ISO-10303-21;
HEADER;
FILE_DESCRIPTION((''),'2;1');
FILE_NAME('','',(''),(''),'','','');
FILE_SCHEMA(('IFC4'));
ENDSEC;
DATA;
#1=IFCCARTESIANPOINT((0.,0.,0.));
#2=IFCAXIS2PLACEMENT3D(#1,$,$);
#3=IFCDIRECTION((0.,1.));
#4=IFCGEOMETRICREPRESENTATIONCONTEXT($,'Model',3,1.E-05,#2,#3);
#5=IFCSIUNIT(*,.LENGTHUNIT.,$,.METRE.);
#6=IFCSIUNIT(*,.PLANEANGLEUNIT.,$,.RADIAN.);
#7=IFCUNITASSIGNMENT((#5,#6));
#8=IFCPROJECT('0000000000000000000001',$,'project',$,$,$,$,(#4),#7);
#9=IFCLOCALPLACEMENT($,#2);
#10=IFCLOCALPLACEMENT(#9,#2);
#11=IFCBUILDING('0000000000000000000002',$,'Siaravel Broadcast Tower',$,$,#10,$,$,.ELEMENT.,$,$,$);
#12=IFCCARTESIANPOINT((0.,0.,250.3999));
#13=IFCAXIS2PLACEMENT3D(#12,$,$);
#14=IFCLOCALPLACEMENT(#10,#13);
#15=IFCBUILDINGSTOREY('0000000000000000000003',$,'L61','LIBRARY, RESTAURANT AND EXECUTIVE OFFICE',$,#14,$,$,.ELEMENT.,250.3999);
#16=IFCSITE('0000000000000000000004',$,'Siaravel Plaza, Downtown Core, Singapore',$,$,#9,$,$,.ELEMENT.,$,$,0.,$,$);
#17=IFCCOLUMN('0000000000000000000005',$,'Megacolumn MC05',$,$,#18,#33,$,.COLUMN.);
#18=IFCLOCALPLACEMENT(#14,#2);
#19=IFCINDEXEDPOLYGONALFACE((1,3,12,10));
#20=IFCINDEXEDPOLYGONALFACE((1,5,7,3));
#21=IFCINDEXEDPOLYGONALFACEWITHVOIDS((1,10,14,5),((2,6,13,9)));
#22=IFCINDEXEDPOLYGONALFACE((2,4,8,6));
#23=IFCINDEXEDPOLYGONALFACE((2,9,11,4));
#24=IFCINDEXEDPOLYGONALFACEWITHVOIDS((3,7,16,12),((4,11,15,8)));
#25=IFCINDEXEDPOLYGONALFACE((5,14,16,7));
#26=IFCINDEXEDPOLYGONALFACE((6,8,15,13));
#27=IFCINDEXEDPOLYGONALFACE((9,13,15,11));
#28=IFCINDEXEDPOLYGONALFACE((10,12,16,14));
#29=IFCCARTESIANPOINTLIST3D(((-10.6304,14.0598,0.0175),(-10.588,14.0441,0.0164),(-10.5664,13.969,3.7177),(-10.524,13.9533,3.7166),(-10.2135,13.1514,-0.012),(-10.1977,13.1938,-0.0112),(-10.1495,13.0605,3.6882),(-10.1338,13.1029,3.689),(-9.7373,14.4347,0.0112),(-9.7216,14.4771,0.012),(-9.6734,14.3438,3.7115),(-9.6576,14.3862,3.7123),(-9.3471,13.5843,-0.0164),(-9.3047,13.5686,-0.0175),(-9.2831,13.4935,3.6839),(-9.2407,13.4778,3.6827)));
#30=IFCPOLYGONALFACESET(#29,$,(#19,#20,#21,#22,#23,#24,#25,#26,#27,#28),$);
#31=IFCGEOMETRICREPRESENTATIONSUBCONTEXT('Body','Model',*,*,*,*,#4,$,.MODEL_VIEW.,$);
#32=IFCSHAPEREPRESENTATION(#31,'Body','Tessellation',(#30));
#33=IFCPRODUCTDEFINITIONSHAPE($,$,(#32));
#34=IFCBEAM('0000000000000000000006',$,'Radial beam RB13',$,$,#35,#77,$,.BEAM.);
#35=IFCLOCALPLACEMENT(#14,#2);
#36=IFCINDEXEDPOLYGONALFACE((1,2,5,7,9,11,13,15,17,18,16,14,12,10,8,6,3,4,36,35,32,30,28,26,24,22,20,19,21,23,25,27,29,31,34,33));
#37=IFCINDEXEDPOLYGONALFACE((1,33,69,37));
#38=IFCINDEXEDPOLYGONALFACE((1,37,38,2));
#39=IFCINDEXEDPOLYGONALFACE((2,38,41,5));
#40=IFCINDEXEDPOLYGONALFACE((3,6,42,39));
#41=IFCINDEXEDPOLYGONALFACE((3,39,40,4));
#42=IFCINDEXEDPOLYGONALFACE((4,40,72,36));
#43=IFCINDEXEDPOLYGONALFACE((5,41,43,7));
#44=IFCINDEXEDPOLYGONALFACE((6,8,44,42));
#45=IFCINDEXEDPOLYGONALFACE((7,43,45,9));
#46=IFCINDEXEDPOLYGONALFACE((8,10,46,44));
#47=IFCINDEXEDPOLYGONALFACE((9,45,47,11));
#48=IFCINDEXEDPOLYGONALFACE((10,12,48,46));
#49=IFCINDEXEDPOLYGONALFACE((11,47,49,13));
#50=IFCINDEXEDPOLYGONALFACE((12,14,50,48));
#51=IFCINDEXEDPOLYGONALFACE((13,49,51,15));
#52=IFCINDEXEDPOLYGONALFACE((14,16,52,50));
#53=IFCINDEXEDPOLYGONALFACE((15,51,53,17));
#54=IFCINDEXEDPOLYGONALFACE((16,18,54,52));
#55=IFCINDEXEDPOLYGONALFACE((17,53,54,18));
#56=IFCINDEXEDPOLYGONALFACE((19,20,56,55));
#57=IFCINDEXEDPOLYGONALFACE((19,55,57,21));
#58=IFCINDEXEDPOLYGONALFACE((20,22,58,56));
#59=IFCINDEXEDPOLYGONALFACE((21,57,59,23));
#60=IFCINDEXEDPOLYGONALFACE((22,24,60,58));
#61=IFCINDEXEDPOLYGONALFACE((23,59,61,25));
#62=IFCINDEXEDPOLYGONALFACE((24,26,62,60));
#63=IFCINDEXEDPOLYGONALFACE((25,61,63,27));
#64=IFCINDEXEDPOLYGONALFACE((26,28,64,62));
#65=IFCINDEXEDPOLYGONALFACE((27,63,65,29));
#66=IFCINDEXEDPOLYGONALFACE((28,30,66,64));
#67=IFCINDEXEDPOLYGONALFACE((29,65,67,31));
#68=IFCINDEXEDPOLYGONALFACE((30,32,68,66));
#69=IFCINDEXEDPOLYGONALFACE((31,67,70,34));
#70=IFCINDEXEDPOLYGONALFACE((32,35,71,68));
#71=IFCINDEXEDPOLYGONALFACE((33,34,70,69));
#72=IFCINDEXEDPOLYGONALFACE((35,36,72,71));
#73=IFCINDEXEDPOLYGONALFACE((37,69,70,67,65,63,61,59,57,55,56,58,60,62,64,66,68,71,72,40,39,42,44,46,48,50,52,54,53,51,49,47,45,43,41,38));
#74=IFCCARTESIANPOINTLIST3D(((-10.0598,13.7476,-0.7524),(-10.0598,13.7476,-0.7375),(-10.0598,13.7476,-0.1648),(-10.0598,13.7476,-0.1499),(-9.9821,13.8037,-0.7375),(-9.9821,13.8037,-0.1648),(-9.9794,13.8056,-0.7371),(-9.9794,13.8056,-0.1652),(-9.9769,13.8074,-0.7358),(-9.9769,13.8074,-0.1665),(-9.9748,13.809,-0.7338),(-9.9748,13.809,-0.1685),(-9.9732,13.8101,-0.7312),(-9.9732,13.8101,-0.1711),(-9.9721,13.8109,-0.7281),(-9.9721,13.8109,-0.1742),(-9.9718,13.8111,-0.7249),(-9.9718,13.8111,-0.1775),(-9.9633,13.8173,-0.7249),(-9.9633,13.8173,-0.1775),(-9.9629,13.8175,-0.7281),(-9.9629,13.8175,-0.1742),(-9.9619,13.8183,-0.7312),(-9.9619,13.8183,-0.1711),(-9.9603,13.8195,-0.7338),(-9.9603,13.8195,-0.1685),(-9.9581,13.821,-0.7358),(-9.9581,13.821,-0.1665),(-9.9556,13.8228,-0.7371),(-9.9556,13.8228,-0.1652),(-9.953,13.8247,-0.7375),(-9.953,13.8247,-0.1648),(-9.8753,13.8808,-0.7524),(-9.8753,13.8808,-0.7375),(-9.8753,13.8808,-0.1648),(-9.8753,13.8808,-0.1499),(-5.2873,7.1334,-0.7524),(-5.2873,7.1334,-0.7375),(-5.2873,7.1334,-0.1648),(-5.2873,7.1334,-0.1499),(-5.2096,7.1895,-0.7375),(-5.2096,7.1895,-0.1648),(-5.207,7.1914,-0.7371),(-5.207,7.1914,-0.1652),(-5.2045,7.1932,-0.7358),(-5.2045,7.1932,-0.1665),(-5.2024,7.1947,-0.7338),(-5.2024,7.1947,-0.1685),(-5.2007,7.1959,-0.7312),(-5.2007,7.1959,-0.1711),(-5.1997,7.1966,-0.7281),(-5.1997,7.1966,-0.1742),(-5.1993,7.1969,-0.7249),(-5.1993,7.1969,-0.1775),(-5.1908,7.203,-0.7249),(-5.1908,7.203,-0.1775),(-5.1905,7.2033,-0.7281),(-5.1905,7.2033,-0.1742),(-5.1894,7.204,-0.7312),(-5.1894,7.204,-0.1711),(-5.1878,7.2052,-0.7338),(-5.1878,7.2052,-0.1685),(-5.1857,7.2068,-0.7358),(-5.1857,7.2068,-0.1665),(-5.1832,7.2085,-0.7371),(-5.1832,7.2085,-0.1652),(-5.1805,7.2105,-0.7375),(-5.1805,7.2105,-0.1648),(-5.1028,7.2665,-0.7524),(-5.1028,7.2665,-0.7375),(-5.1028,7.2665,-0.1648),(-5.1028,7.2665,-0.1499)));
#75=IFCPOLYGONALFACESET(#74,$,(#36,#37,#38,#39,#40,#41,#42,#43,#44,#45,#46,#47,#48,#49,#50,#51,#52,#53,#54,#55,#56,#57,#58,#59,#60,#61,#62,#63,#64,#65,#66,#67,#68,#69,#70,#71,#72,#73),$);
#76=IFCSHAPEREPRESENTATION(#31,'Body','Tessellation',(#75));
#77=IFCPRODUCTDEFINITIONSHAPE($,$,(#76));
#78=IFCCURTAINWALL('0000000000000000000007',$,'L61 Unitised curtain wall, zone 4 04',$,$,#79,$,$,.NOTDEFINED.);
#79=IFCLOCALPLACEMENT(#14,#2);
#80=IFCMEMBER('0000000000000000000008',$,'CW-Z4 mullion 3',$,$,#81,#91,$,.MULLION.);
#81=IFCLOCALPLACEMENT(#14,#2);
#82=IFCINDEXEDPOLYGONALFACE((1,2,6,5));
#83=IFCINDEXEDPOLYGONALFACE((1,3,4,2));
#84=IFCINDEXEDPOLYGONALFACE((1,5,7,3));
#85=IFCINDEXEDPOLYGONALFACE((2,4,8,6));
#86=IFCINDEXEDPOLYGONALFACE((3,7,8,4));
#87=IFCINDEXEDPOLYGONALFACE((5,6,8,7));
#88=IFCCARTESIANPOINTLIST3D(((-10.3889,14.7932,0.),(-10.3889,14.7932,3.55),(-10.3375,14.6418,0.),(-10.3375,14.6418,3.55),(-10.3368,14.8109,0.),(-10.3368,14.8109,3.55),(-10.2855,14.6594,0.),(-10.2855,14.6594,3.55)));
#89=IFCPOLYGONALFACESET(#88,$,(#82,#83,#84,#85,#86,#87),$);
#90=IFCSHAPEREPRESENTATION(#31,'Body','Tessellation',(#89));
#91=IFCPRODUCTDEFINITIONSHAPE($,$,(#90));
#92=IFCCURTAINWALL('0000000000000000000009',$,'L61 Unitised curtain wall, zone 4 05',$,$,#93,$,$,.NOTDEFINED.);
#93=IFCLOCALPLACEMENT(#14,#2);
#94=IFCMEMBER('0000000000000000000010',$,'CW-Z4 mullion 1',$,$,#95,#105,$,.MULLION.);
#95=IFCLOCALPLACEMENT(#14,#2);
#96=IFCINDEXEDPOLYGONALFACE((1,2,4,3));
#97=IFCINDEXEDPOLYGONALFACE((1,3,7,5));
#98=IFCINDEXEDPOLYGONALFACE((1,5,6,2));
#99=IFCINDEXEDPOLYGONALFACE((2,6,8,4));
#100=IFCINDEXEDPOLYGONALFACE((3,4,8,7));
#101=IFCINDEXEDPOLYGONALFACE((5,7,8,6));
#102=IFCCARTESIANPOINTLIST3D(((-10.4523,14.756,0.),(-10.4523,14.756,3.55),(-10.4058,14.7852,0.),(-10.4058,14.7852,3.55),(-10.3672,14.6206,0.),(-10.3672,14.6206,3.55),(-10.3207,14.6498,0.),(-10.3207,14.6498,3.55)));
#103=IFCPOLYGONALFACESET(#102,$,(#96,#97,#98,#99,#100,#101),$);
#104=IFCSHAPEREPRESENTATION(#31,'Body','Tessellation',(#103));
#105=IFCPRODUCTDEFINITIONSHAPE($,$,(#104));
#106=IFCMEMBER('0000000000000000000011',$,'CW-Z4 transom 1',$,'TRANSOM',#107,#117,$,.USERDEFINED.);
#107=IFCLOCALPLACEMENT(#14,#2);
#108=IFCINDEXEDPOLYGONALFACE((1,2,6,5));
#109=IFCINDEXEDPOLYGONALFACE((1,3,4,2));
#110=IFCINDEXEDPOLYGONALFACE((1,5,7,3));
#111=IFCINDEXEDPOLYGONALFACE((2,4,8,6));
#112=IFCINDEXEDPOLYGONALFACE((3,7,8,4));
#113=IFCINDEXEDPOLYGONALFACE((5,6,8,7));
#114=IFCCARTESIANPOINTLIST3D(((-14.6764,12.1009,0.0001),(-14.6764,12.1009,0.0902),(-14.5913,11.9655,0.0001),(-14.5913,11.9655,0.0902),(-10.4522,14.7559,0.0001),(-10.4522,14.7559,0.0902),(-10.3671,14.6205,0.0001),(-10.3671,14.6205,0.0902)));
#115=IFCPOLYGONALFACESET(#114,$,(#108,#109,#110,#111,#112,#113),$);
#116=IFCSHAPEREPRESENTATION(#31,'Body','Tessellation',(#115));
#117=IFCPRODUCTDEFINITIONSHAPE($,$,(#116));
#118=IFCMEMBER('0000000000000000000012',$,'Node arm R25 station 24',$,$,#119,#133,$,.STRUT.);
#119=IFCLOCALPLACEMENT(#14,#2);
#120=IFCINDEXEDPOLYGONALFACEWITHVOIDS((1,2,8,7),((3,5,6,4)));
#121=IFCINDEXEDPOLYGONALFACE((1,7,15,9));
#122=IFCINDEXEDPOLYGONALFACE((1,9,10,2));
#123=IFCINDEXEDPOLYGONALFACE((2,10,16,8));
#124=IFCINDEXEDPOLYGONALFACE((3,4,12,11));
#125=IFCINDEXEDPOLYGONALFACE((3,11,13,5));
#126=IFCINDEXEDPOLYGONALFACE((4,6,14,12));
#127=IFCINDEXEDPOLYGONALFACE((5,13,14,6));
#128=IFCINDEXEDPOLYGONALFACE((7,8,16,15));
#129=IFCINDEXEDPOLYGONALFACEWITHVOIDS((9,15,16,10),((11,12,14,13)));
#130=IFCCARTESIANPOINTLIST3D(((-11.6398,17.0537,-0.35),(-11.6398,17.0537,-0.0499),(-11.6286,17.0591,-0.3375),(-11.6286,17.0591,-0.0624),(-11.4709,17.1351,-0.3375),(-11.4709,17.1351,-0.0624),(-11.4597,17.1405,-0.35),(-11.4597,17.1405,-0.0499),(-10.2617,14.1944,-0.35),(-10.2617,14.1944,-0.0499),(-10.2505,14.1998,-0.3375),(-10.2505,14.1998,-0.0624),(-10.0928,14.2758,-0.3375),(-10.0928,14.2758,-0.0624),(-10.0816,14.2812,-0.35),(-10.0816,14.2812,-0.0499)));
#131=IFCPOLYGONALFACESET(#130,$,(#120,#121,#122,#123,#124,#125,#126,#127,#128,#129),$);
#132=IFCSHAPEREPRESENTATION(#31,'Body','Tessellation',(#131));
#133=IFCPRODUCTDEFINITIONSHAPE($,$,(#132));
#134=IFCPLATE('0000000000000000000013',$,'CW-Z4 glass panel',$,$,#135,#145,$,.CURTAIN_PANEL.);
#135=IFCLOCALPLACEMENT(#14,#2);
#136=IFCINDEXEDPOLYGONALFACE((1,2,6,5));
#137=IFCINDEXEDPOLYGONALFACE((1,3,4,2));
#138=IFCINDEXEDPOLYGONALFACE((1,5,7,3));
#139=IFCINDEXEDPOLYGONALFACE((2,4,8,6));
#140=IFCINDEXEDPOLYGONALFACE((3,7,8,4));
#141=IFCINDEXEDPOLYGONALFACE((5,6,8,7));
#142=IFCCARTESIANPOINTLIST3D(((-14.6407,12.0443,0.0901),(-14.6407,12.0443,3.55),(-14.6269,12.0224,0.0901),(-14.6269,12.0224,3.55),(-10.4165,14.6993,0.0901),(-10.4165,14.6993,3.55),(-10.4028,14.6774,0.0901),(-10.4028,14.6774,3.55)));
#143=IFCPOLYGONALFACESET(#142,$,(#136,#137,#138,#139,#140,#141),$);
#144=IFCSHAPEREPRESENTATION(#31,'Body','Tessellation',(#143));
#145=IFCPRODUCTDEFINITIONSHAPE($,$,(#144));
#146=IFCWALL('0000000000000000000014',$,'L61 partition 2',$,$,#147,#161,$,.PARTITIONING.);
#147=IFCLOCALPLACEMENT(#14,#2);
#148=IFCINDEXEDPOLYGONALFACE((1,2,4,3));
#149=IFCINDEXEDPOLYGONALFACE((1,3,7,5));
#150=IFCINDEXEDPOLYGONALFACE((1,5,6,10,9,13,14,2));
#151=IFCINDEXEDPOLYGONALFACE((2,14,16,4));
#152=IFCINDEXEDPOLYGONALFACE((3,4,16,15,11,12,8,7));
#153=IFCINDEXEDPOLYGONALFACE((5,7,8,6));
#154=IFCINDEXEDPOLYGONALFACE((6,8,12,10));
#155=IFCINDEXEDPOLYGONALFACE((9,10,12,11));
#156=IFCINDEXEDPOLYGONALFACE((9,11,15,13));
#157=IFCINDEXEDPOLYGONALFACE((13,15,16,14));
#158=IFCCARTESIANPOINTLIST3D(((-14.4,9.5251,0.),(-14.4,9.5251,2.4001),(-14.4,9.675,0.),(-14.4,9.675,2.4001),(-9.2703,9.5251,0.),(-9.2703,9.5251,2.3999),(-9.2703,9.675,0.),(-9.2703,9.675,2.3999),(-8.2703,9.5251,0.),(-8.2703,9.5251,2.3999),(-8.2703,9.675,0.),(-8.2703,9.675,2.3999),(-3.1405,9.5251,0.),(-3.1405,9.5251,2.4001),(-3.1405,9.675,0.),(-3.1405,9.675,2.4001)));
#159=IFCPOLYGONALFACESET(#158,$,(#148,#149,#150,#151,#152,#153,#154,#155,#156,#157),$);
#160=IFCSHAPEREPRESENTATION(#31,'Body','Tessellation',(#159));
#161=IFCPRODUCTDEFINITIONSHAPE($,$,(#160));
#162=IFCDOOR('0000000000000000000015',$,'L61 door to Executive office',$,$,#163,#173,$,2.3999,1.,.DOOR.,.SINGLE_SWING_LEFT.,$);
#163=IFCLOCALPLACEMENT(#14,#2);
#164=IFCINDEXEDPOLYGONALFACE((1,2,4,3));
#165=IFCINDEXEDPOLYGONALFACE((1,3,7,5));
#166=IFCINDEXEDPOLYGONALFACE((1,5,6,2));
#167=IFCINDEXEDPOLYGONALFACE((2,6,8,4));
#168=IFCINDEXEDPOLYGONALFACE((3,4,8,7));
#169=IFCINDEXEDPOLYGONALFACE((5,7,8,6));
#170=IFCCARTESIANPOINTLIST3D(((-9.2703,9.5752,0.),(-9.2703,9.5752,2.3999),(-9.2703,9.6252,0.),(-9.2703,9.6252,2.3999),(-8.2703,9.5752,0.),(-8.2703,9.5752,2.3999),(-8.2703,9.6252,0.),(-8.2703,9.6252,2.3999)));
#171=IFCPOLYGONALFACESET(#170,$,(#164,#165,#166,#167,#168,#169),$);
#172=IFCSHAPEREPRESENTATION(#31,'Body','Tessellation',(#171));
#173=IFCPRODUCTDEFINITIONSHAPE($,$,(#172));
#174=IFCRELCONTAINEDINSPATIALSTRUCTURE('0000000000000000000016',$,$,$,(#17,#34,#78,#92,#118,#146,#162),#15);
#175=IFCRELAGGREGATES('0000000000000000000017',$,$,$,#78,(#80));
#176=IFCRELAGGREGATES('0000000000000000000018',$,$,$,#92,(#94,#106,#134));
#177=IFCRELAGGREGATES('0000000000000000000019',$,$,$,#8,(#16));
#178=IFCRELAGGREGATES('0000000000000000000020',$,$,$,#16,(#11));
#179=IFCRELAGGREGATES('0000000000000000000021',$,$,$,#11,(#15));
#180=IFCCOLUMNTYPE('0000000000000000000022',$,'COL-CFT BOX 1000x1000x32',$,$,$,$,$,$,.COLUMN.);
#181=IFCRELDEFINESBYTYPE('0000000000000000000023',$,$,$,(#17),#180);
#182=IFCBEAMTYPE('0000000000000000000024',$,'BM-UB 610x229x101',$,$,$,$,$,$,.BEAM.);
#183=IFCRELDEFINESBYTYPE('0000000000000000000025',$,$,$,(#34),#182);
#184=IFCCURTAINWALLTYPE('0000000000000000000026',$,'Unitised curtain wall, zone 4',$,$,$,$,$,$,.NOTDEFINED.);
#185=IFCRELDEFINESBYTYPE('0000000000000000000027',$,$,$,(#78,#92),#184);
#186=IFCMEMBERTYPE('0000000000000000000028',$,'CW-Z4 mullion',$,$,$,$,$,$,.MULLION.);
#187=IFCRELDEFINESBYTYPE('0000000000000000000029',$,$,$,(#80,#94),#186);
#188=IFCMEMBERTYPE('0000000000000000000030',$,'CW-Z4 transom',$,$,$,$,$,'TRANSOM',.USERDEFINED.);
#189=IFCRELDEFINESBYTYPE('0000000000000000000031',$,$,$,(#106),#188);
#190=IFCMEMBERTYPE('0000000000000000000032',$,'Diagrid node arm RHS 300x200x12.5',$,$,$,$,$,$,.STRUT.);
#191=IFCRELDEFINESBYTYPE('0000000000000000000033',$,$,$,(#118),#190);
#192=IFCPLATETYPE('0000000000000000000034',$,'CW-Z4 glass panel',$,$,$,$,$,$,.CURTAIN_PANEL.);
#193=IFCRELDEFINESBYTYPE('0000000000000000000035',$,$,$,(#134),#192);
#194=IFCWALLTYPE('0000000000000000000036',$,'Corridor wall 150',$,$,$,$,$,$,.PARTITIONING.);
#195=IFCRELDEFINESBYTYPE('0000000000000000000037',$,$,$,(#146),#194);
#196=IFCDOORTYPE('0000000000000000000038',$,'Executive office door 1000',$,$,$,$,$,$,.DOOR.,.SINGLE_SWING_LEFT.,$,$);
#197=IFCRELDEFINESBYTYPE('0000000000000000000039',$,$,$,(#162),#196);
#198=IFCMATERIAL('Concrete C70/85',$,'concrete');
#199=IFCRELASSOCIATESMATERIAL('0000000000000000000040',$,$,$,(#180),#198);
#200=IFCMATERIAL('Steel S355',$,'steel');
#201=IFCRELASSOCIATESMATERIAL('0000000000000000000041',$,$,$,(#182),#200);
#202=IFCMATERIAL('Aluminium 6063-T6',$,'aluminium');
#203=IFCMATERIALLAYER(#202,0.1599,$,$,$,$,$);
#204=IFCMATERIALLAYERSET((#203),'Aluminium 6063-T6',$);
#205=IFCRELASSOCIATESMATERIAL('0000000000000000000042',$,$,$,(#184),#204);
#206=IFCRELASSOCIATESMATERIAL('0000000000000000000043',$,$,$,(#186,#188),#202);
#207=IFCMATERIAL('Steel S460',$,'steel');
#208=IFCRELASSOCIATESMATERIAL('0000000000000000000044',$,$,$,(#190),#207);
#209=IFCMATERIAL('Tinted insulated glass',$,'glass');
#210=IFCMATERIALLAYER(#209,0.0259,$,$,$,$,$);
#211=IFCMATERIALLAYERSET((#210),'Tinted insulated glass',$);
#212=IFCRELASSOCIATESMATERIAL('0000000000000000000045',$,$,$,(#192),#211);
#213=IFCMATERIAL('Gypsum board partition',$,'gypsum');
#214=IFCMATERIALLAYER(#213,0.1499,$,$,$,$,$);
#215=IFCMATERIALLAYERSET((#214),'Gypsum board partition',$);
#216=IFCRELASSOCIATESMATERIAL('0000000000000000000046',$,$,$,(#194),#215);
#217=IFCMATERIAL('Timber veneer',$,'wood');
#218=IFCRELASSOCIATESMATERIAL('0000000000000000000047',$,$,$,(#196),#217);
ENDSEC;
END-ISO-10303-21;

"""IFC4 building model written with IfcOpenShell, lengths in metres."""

from ifc_helpers import new_model, si_unit, direction, frame, frame_2d, origin, origin_2d, place, context, subcontext, project, spatial, rectangle, hollow_rectangle, i_section, extrude, material, layer, layer_set, material_profile, profile_set, type_object, element, fill, aggregate, save


model = new_model("IFC4")

# Units and contexts
model_context = context("Model", 3, precision=1e-05, world=origin(), true_north=direction((0.0, 1.0)))
body_context = subcontext(model_context, "Body", "Model", "MODEL_VIEW")
ifc_project = project(units=[si_unit("LENGTHUNIT", "METRE"), si_unit("PLANEANGLEUNIT", "RADIAN")], contexts=[model_context])

# Site, building, storey
site_placement = place(None, origin())
site = spatial("IfcSite", under=ifc_project, at=site_placement, Name="Siaravel Plaza, Downtown Core, Singapore", CompositionType="ELEMENT", RefElevation=0.0)
building_placement = place(site_placement, origin())
building = spatial("IfcBuilding", under=site, at=building_placement, Name="Siaravel Broadcast Tower", CompositionType="ELEMENT")
storey_placement = place(building_placement, frame((0.0, 0.0, 250.3999)))
storey = spatial("IfcBuildingStorey", under=building, at=storey_placement, Name="L61", Description="LIBRARY, RESTAURANT AND EXECUTIVE OFFICE", CompositionType="ELEMENT", Elevation=250.3999)

# Column
ifc_material_1 = material(Name="Concrete C70/85", Category="concrete")
ifc_material_profile_1 = material_profile(ifc_material_1, hollow_rectangle(XDim=1.0, YDim=1.0, WallThickness=0.032, at=origin_2d()))
ifc_profile_set_1 = profile_set([ifc_material_profile_1], Name="Concrete C70/85")
column_type = type_object("IfcColumnType", Name="COL-CFT BOX 1000x1000x32", PredefinedType="COLUMN", material=ifc_profile_set_1)
column_placement = place(storey_placement, frame((-9.9675, 13.8142, 0.0), z_axis=(0.017279, -0.024534, 0.99955), x_axis=(0.908788, 0.417222, -0.00547)))
element("IfcColumn", 1, at=column_placement, inside=storey, type_object=column_type, Name="Megacolumn MC05", PredefinedType="COLUMN", context=body_context, shape_type="SweptSolid", body=[
    extrude(hollow_rectangle(XDim=1.0, YDim=1.0, WallThickness=0.032, at=origin_2d()), origin(), (0.0, 0.0, 1.0), 3.7019),
])

# Beam
ifc_material_2 = material(Name="Steel S355", Category="steel")
ifc_material_profile_2 = material_profile(ifc_material_2, i_section(OverallWidth=0.2275, OverallDepth=0.6025, WebThickness=0.0105, FlangeThickness=0.0149, FilletRadius=0.0127, at=origin_2d()))
ifc_profile_set_2 = profile_set([ifc_material_profile_2], Name="Steel S355")
beam_type = type_object("IfcBeamType", Name="BM-UB 610x229x101", PredefinedType="BEAM", material=ifc_profile_set_2)
beam_placement = place(storey_placement, frame((-9.9675, 13.8142, -0.4512), z_axis=(0.585128, -0.810941, 0.0), x_axis=(0.810941, 0.585128, 0.0)))
element("IfcBeam", 2, at=beam_placement, inside=storey, type_object=beam_type, Name="Radial beam RB13", PredefinedType="BEAM", context=body_context, shape_type="SweptSolid", body=[
    extrude(i_section(OverallWidth=0.2275, OverallDepth=0.6025, WebThickness=0.0105, FlangeThickness=0.0149, FilletRadius=0.0127, at=origin_2d()), origin(), (0.0, 0.0, 1.0), 8.1562),
])

# Curtain wall, member
ifc_material_3 = material(Name="Aluminium 6063-T6", Category="aluminium")
ifc_layer_1 = layer(ifc_material_3, 0.1599)
ifc_layer_set_1 = layer_set([ifc_layer_1], Name="Aluminium 6063-T6")
curtain_wall_type = type_object("IfcCurtainWallType", Name="Unitised curtain wall, zone 4", PredefinedType="NOTDEFINED", material=ifc_layer_set_1)
curtain_wall_1_placement = place(storey_placement, origin())
curtain_wall_1 = element("IfcCurtainWall", 3, at=curtain_wall_1_placement, inside=storey, type_object=curtain_wall_type, Name="L61 Unitised curtain wall, zone 4 04", PredefinedType="NOTDEFINED")
ifc_material_profile_3 = material_profile(ifc_material_3, rectangle(XDim=0.1599, YDim=0.0549, at=origin_2d()))
ifc_profile_set_3 = profile_set([ifc_material_profile_3], Name="Aluminium 6063-T6")
member_type_1 = type_object("IfcMemberType", Name="CW-Z4 mullion", PredefinedType="MULLION", material=ifc_profile_set_3)
member_1_placement = place(storey_placement, frame((-10.3372, 14.7263, 0.0), z_axis=(0.0, 0.0, 1.0), x_axis=(0.321302, -0.946977, 0.0)))
member_1 = element("IfcMember", 4, at=member_1_placement, type_object=member_type_1, Name="CW-Z4 mullion 3", PredefinedType="MULLION", context=body_context, shape_type="SweptSolid", body=[
    extrude(rectangle(XDim=0.1599, YDim=0.0549, at=origin_2d()), origin(), (0.0, 0.0, 1.0), 3.55),
])
aggregate(curtain_wall_1, [member_1])

# Curtain wall, members
curtain_wall_2_placement = place(storey_placement, origin())
curtain_wall_2 = element("IfcCurtainWall", 5, at=curtain_wall_2_placement, inside=storey, type_object=curtain_wall_type, Name="L61 Unitised curtain wall, zone 4 05", PredefinedType="NOTDEFINED")
member_2_placement = place(storey_placement, frame((-10.3865, 14.7029, 0.0), z_axis=(0.0, 0.0, 1.0), x_axis=(0.532151, -0.84665, 0.0)))
member_2 = element("IfcMember", 6, at=member_2_placement, type_object=member_type_1, Name="CW-Z4 mullion 1", PredefinedType="MULLION", context=body_context, shape_type="SweptSolid", body=[
    extrude(rectangle(XDim=0.1599, YDim=0.0549, at=origin_2d()), origin(), (0.0, 0.0, 1.0), 3.55),
])
ifc_material_profile_4 = material_profile(ifc_material_3, rectangle(XDim=0.1599, YDim=0.0901, at=origin_2d()))
ifc_profile_set_4 = profile_set([ifc_material_profile_4], Name="Aluminium 6063-T6")
member_type_2 = type_object("IfcMemberType", Name="CW-Z4 transom", ElementType="TRANSOM", PredefinedType="USERDEFINED", material=ifc_profile_set_4)
member_3_placement = place(storey_placement, frame((-10.4097, 14.6882, 0.0452), z_axis=(-0.846649, -0.532153, 0.0), x_axis=(0.532153, -0.846649, 0.0)))
member_3 = element("IfcMember", 7, at=member_3_placement, type_object=member_type_2, Name="CW-Z4 transom 1", ObjectType="TRANSOM", PredefinedType="USERDEFINED", context=body_context, shape_type="SweptSolid", body=[
    extrude(rectangle(XDim=0.1599, YDim=0.0901, at=origin_2d()), origin(), (0.0, 0.0, 1.0), 4.9893),
])

# Member
ifc_material_4 = material(Name="Steel S460", Category="steel")
ifc_material_profile_5 = material_profile(ifc_material_4, hollow_rectangle(XDim=0.2, YDim=0.3, WallThickness=0.0125, at=origin_2d()))
ifc_profile_set_5 = profile_set([ifc_material_profile_5], Name="Steel S460")
member_type_3 = type_object("IfcMemberType", Name="Diagrid node arm RHS 300x200x12.5", PredefinedType="STRUT", material=ifc_profile_set_5)
member_4_placement = place(storey_placement, frame((-10.1716, 14.2378, -0.2), z_axis=(-0.434183, 0.900825, 0.0), x_axis=(-0.900825, -0.434183, 0.0)))
element("IfcMember", 8, at=member_4_placement, inside=storey, type_object=member_type_3, Name="Node arm R25 station 24", PredefinedType="STRUT", context=body_context, shape_type="SweptSolid", body=[
    extrude(hollow_rectangle(XDim=0.2, YDim=0.3, WallThickness=0.0125, at=origin_2d()), origin(), (0.0, 0.0, 1.0), 3.1741),
])

# Plate
ifc_material_5 = material(Name="Tinted insulated glass", Category="glass")
ifc_layer_2 = layer(ifc_material_5, 0.0259)
ifc_layer_set_2 = layer_set([ifc_layer_2], Name="Tinted insulated glass")
plate_type = type_object("IfcPlateType", Name="CW-Z4 glass panel", PredefinedType="CURTAIN_PANEL", material=ifc_layer_set_2)
plate_placement = place(storey_placement, frame((-12.5217, 13.3608, 0.0901), z_axis=(0.0, 0.0, 1.0), x_axis=(-0.84665, -0.532151, 0.0)))
plate = element("IfcPlate", 9, at=plate_placement, type_object=plate_type, Name="CW-Z4 glass panel", PredefinedType="CURTAIN_PANEL", context=body_context, shape_type="SweptSolid", body=[
    extrude(rectangle(XDim=4.9893, YDim=0.0259, at=origin_2d()), origin(), (0.0, 0.0, 1.0), 3.46),
])
aggregate(curtain_wall_2, [member_2, member_3, plate])

# Shared definitions
ifc_material_6 = material(Name="Timber veneer", Category="wood")

# Wall, opening, door
ifc_material_7 = material(Name="Gypsum board partition", Category="gypsum")
ifc_layer_3 = layer(ifc_material_7, 0.1499)
ifc_layer_set_3 = layer_set([ifc_layer_3], Name="Gypsum board partition")
wall_type_1 = type_object("IfcWallType", Name="Corridor wall 150", PredefinedType="PARTITIONING", material=ifc_layer_set_3)
wall_1_placement = place(storey_placement, frame((-3.1404, 9.6001, 0.0), z_axis=(0.0, 0.0, 1.0), x_axis=(-1.0, 0.0, 0.0)))
wall_1 = element("IfcWall", 10, at=wall_1_placement, inside=storey, type_object=wall_type_1, Name="L61 partition 2", PredefinedType="PARTITIONING", context=body_context, shape_type="SweptSolid", body=[
    extrude(rectangle(XDim=11.2595, YDim=0.1499, at=frame_2d((5.6299, 0.0))), origin(), (0.0, 0.0, 1.0), 2.4001),
])
opening_1_placement = place(wall_1_placement, frame((5.1299, 0.0, 0.0)))
opening_1 = element("IfcOpeningElement", 11, at=opening_1_placement, cuts=wall_1, PredefinedType="OPENING", context=body_context, shape_type="SweptSolid", body=[
    extrude(rectangle(XDim=1.0, YDim=2.3999, at=frame_2d((0.5, 1.2))), frame((0.0, 0.085, 0.0), z_axis=(0.0, -1.0, 0.0), x_axis=(1.0, 0.0, 0.0)), (0.0, 0.0, 1.0), 0.1699),
])
door_type_1 = type_object("IfcDoorType", Name="Executive office door 1000", OperationType="SINGLE_SWING_LEFT", PredefinedType="DOOR", material=ifc_material_6)
door_1_placement = place(opening_1_placement, origin())
door_1 = element("IfcDoor", 12, at=door_1_placement, inside=storey, type_object=door_type_1, Name="L61 door to Executive office", OperationType="SINGLE_SWING_LEFT", OverallHeight=2.3999, OverallWidth=1.0, PredefinedType="DOOR", context=body_context, shape_type="SweptSolid", body=[
    extrude(rectangle(XDim=1.0, YDim=2.3999, at=frame_2d((0.5, 1.2))), frame((0.0, 0.0249, 0.0), z_axis=(0.0, -1.0, 0.0), x_axis=(1.0, 0.0, 0.0)), (0.0, 0.0, 1.0), 0.05),
])
fill(opening_1, door_1)

save(model, "model.ifc")
